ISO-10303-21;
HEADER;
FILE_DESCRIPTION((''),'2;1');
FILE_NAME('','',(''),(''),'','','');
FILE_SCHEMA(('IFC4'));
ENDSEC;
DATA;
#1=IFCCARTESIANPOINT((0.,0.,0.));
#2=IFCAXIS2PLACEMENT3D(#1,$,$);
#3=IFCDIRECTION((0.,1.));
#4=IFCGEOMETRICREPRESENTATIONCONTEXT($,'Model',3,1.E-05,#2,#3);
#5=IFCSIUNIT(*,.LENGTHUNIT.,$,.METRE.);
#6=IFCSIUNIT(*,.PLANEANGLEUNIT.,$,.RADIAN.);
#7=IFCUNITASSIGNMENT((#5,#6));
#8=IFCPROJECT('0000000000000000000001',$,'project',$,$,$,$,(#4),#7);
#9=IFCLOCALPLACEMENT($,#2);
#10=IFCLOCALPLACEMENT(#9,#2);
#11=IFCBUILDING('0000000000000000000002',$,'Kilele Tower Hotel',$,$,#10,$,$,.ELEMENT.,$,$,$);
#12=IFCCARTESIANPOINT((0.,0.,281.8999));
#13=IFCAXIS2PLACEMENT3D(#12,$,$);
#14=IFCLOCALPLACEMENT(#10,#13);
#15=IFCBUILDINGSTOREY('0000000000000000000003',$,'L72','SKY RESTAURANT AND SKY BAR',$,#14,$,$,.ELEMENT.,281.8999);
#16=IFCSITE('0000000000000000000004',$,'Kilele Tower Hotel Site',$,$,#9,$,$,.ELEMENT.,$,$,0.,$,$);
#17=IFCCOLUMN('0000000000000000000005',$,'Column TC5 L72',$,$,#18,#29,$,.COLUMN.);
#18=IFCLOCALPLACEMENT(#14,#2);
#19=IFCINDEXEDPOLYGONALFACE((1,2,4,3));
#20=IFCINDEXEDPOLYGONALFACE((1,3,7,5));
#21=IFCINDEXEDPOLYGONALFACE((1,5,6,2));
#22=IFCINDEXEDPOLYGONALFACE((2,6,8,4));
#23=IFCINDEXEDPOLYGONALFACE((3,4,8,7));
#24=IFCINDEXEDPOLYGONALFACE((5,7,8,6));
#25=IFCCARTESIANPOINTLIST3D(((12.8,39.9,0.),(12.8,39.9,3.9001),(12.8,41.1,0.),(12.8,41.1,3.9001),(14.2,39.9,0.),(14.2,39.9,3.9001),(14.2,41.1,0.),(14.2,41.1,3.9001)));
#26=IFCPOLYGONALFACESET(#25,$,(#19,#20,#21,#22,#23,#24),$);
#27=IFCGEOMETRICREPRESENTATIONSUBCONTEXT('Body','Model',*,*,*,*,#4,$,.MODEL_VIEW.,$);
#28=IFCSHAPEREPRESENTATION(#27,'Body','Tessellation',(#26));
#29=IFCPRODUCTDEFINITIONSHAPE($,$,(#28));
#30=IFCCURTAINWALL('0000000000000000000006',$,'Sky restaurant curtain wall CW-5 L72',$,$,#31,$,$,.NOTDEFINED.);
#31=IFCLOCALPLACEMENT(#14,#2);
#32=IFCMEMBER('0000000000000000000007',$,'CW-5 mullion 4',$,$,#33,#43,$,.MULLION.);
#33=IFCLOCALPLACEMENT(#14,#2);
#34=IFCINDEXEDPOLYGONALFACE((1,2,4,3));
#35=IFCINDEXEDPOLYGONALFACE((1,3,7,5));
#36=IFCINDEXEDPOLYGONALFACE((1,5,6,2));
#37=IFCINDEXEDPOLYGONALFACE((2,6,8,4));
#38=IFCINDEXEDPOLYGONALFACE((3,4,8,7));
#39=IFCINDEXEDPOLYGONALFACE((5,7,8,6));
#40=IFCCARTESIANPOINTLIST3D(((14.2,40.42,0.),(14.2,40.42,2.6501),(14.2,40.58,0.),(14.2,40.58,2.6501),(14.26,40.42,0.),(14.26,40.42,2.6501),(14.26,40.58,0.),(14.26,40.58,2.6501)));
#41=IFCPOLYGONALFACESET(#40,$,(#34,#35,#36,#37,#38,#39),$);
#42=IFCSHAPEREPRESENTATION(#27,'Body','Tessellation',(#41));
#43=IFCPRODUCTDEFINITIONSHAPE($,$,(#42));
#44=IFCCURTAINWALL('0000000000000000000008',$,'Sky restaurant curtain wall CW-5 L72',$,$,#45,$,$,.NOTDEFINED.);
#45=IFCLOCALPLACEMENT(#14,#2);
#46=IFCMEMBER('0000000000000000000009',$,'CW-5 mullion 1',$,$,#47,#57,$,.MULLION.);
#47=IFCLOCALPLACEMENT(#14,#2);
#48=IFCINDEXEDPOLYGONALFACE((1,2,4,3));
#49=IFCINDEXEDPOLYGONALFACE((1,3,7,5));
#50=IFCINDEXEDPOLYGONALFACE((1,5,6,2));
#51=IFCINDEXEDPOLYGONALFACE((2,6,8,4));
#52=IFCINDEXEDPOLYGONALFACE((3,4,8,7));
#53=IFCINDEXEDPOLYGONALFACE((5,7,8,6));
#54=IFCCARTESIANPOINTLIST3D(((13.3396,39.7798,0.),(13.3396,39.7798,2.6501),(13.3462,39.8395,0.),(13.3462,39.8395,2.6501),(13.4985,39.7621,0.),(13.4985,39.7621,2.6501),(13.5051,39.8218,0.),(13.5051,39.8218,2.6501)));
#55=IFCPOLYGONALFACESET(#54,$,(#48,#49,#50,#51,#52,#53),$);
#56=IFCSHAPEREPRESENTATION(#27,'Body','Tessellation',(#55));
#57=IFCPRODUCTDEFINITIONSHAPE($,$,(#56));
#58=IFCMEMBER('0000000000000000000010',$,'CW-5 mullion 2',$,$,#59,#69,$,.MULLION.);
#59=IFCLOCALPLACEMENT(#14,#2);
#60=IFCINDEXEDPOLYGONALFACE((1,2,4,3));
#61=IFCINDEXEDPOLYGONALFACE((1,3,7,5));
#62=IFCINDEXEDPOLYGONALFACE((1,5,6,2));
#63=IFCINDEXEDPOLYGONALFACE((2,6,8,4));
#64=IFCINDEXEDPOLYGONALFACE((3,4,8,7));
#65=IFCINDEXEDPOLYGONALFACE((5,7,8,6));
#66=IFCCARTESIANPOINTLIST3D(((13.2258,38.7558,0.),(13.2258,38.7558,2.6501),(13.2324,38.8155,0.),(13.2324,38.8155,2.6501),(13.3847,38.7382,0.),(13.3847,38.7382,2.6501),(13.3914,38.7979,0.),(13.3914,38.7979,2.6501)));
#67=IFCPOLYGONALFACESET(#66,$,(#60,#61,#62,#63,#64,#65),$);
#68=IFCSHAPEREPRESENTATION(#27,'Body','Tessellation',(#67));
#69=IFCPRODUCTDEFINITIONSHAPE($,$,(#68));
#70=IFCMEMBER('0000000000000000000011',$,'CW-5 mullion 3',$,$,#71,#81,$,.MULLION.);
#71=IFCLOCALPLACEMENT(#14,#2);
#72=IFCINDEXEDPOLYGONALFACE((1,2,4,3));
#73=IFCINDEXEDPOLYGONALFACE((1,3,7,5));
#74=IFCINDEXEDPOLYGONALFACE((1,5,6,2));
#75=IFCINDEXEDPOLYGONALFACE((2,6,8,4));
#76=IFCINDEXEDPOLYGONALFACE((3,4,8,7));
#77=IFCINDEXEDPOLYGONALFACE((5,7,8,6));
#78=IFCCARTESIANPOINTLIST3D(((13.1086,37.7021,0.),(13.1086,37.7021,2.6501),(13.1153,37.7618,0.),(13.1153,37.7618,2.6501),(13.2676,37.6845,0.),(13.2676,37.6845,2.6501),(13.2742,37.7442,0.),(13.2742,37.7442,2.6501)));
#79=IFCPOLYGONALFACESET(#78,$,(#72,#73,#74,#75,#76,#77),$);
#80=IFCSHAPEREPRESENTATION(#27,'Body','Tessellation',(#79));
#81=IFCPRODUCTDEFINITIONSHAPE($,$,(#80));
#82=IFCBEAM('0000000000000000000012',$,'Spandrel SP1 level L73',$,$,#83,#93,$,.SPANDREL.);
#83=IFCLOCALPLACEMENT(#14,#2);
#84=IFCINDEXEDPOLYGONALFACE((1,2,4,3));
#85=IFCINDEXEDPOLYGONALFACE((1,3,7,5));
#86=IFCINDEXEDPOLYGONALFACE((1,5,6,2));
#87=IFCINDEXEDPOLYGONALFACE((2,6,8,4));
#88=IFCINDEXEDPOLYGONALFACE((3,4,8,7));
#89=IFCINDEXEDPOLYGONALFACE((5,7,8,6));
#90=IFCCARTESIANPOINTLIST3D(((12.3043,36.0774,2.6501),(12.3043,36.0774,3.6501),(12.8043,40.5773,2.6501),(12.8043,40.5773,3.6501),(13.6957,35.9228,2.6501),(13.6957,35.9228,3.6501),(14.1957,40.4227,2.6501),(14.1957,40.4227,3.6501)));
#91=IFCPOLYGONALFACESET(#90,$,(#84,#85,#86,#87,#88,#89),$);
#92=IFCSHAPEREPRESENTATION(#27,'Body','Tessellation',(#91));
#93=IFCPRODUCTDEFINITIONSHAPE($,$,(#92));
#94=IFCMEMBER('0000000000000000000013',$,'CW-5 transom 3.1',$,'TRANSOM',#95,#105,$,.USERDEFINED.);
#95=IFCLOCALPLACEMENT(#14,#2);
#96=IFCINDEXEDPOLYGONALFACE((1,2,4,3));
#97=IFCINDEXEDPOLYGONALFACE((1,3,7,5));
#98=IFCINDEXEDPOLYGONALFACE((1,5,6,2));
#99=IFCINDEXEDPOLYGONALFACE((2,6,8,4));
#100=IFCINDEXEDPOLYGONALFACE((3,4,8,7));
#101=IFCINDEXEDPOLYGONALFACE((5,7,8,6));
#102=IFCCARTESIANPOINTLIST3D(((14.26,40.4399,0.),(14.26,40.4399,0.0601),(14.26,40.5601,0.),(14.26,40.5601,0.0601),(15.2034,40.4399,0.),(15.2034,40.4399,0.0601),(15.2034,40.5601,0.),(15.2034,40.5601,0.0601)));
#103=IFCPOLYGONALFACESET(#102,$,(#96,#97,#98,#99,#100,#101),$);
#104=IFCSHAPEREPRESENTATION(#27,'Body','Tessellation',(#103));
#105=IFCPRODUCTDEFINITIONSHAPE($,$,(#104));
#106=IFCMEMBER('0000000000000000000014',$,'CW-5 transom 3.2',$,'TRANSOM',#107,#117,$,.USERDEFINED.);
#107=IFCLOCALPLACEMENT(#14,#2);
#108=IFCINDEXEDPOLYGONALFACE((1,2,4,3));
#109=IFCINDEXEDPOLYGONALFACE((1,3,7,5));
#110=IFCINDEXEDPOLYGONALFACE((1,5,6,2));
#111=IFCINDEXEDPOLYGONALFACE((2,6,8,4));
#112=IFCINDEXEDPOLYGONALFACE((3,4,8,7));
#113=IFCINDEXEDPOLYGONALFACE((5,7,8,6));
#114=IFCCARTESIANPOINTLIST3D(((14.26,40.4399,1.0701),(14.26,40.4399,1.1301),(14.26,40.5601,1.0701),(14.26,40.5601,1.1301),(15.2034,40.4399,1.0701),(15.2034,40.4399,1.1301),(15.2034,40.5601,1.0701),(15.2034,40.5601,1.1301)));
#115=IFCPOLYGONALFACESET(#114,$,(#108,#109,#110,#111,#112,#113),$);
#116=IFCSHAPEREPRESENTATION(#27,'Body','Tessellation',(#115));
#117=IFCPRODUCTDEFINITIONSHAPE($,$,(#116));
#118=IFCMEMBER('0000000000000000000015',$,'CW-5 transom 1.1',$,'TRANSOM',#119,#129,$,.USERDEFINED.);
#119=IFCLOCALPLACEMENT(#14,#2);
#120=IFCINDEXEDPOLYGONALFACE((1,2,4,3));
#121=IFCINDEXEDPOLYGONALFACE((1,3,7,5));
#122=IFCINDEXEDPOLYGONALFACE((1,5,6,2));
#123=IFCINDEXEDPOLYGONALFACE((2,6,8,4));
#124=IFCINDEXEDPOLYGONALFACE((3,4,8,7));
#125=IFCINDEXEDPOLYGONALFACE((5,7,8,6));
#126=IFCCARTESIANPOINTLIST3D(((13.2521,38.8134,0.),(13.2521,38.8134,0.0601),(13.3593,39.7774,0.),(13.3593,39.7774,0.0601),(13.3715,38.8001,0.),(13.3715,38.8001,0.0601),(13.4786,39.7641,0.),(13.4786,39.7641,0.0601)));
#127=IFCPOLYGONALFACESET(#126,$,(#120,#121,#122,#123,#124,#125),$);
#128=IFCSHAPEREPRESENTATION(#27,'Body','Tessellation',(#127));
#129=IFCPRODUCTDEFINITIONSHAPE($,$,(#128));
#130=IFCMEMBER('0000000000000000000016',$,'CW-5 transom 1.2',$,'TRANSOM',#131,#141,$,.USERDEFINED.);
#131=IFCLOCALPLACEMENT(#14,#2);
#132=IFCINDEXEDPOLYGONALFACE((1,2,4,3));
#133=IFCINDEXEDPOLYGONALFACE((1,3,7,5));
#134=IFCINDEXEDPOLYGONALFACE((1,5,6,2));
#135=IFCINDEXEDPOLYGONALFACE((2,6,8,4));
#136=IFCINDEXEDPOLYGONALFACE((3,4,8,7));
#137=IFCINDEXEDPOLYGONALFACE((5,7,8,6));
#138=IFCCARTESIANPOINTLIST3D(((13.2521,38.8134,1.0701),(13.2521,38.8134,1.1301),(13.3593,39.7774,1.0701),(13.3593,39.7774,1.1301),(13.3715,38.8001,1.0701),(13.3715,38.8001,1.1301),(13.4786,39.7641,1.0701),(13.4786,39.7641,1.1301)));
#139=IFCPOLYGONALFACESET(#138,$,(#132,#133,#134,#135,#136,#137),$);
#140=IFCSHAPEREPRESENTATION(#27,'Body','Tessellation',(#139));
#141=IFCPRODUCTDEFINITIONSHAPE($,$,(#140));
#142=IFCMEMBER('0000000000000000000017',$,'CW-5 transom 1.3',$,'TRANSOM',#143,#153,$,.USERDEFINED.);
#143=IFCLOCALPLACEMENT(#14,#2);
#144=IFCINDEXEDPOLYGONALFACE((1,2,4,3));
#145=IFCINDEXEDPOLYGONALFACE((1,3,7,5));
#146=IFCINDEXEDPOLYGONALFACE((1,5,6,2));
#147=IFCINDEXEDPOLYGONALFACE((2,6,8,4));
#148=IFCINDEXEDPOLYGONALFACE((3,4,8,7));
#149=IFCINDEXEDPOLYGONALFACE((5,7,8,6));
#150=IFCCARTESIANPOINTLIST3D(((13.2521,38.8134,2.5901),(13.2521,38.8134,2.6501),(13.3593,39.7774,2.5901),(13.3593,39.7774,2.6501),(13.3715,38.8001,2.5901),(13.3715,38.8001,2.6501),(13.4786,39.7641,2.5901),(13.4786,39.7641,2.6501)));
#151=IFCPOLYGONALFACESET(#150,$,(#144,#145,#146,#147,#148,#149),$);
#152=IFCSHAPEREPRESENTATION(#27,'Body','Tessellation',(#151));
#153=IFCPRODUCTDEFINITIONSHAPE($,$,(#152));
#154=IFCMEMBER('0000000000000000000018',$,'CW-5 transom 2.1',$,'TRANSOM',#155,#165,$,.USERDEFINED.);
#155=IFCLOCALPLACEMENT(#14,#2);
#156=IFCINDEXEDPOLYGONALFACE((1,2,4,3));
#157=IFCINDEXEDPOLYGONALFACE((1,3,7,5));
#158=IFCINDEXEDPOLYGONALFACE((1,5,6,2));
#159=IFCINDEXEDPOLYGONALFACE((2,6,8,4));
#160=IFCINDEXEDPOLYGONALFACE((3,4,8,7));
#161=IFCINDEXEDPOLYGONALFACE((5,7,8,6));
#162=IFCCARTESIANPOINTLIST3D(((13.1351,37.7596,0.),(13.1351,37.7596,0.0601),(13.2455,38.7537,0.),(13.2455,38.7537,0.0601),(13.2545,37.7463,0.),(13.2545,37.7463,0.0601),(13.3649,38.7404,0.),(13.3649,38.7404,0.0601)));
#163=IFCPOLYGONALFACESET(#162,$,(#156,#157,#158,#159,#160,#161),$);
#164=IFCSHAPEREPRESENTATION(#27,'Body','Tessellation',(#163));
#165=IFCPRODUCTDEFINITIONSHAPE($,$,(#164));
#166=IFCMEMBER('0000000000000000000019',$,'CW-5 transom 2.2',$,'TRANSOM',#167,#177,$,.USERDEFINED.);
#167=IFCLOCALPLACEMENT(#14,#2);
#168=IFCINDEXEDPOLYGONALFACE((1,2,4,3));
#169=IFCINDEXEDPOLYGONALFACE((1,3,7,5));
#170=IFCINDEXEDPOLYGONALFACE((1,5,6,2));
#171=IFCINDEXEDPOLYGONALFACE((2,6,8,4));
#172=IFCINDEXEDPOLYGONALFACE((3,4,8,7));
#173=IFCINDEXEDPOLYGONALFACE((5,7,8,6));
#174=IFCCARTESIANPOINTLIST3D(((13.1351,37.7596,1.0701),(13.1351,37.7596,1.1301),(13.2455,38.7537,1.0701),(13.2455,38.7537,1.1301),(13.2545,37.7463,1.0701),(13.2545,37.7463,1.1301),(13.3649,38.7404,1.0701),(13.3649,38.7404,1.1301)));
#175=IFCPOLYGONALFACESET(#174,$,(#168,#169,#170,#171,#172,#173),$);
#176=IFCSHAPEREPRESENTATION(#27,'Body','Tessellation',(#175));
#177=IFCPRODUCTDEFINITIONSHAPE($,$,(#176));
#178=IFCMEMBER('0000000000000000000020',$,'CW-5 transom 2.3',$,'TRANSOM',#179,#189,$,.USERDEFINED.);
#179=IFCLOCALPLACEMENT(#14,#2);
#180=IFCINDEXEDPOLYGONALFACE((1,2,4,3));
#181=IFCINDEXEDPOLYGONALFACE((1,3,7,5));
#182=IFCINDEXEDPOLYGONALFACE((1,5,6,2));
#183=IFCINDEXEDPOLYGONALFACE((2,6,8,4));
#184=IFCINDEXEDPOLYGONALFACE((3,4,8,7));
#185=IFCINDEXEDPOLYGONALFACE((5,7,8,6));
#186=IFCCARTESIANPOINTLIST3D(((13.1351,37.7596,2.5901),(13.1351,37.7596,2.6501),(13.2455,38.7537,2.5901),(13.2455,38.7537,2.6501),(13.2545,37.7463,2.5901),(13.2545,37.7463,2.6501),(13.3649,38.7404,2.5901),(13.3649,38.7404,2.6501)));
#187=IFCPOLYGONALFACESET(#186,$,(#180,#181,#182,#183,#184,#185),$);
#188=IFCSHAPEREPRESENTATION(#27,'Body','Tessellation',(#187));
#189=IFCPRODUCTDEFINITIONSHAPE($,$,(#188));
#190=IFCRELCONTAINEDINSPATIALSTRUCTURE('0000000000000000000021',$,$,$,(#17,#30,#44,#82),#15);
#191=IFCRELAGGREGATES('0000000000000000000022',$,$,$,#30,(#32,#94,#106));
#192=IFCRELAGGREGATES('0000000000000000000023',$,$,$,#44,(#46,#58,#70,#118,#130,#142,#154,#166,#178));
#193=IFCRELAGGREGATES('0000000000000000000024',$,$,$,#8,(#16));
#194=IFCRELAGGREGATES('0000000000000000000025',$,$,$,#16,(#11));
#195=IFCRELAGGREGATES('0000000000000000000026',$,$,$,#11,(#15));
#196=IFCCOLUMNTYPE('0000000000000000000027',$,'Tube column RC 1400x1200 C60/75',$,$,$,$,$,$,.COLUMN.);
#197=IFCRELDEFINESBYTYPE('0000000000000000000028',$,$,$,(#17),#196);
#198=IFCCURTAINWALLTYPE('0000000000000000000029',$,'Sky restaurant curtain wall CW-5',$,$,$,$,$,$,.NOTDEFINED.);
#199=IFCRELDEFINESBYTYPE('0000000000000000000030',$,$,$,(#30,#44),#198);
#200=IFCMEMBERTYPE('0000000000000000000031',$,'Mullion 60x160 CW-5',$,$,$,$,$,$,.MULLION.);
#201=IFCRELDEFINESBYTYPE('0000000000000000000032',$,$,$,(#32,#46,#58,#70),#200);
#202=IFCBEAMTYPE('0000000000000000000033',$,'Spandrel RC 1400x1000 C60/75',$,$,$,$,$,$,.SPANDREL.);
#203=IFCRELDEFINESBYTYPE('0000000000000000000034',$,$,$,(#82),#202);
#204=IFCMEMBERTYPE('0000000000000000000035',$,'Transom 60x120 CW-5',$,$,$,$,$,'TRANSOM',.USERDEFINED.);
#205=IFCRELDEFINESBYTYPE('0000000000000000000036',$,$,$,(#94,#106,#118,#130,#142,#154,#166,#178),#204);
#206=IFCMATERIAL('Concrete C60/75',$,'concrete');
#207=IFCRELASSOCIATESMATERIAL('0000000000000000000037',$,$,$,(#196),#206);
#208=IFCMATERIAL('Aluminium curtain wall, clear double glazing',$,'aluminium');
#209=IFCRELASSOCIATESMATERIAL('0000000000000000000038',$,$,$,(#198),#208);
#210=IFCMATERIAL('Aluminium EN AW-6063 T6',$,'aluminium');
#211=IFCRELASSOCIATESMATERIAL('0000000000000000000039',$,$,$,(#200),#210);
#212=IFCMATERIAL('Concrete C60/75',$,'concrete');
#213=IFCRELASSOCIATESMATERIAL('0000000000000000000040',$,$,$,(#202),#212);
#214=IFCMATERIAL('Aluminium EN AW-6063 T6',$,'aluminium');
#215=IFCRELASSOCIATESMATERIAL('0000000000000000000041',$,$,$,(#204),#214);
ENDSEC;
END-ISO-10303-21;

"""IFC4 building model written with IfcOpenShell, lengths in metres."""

from ifc_helpers import new_model, si_unit, direction, frame, origin, origin_2d, place, context, subcontext, project, spatial, rectangle, extrude, material, material_profile, profile_set, type_object, element, aggregate, save


model = new_model("IFC4")

# Units and contexts
model_context = context("Model", 3, precision=1e-05, world=origin(), true_north=direction((0.0, 1.0)))
body_context = subcontext(model_context, "Body", "Model", "MODEL_VIEW")
ifc_project = project(units=[si_unit("LENGTHUNIT", "METRE"), si_unit("PLANEANGLEUNIT", "RADIAN")], contexts=[model_context])

# Site, building, storey
site_placement = place(None, origin())
site = spatial("IfcSite", under=ifc_project, at=site_placement, Name="Kilele Tower Hotel Site", CompositionType="ELEMENT", RefElevation=0.0)
building_placement = place(site_placement, origin())
building = spatial("IfcBuilding", under=site, at=building_placement, Name="Kilele Tower Hotel", CompositionType="ELEMENT")
storey_placement = place(building_placement, frame((0.0, 0.0, 281.8999)))
storey = spatial("IfcBuildingStorey", under=building, at=storey_placement, Name="L72", Description="SKY RESTAURANT AND SKY BAR", CompositionType="ELEMENT", Elevation=281.8999)

# Column
ifc_material_1 = material(Name="Concrete C60/75", Category="concrete")
ifc_material_profile_1 = material_profile(ifc_material_1, rectangle(XDim=1.3999, YDim=1.2, at=origin_2d()))
ifc_profile_set_1 = profile_set([ifc_material_profile_1], Name="Concrete C60/75")
column_type = type_object("IfcColumnType", Name="Tube column RC 1400x1200 C60/75", PredefinedType="COLUMN", material=ifc_profile_set_1)
column_placement = place(storey_placement, frame((13.5, 40.5, 0.0), z_axis=(0.0, 0.0, 1.0), x_axis=(1.0, 0.0, 0.0)))
element("IfcColumn", 1, at=column_placement, inside=storey, type_object=column_type, Name="Column TC5 L72", PredefinedType="COLUMN", context=body_context, shape_type="SweptSolid", body=[
    extrude(rectangle(XDim=1.3999, YDim=1.2, at=origin_2d()), origin(), (0.0, 0.0, 1.0), 3.9001),
])

# Curtain wall, member
ifc_material_2 = material(Name="Aluminium curtain wall, clear double glazing", Category="aluminium")
curtain_wall_type = type_object("IfcCurtainWallType", Name="Sky restaurant curtain wall CW-5", PredefinedType="NOTDEFINED", material=ifc_material_2)
curtain_wall_1_placement = place(storey_placement, origin())
curtain_wall_1 = element("IfcCurtainWall", 2, at=curtain_wall_1_placement, inside=storey, type_object=curtain_wall_type, Name="Sky restaurant curtain wall CW-5 L72", PredefinedType="NOTDEFINED")
ifc_material_3 = material(Name="Aluminium EN AW-6063 T6", Category="aluminium")
ifc_material_profile_2 = material_profile(ifc_material_3, rectangle(XDim=0.1599, YDim=0.0601, at=origin_2d()))
ifc_profile_set_2 = profile_set([ifc_material_profile_2], Name="Aluminium EN AW-6063 T6")
member_type_1 = type_object("IfcMemberType", Name="Mullion 60x160 CW-5", PredefinedType="MULLION", material=ifc_profile_set_2)
member_1_placement = place(storey_placement, frame((14.23, 40.5, 0.0), z_axis=(0.0, 0.0, 1.0), x_axis=(0.0, -1.0, 0.0)))
member_1 = element("IfcMember", 3, at=member_1_placement, type_object=member_type_1, Name="CW-5 mullion 4", PredefinedType="MULLION", context=body_context, shape_type="SweptSolid", body=[
    extrude(rectangle(XDim=0.1599, YDim=0.0601, at=origin_2d()), origin(), (0.0, 0.0, 1.0), 2.6501),
])

# Curtain wall, members
curtain_wall_2_placement = place(storey_placement, origin())
curtain_wall_2 = element("IfcCurtainWall", 4, at=curtain_wall_2_placement, inside=storey, type_object=curtain_wall_type, Name="Sky restaurant curtain wall CW-5 L72", PredefinedType="NOTDEFINED")
member_2_placement = place(storey_placement, frame((13.4224, 39.8008, 0.0), z_axis=(0.0, 0.0, 1.0), x_axis=(0.993884, -0.110432, 0.0)))
member_2 = element("IfcMember", 5, at=member_2_placement, type_object=member_type_1, Name="CW-5 mullion 1", PredefinedType="MULLION", context=body_context, shape_type="SweptSolid", body=[
    extrude(rectangle(XDim=0.1599, YDim=0.0601, at=origin_2d()), origin(), (0.0, 0.0, 1.0), 2.6501),
])
member_3_placement = place(storey_placement, frame((13.3086, 38.7769, 0.0), z_axis=(0.0, 0.0, 1.0), x_axis=(0.993884, -0.110432, 0.0)))
member_3 = element("IfcMember", 6, at=member_3_placement, type_object=member_type_1, Name="CW-5 mullion 2", PredefinedType="MULLION", context=body_context, shape_type="SweptSolid", body=[
    extrude(rectangle(XDim=0.1599, YDim=0.0601, at=origin_2d()), origin(), (0.0, 0.0, 1.0), 2.6501),
])
member_4_placement = place(storey_placement, frame((13.1914, 37.7231, 0.0), z_axis=(0.0, 0.0, 1.0), x_axis=(0.993884, -0.110432, 0.0)))
member_4 = element("IfcMember", 7, at=member_4_placement, type_object=member_type_1, Name="CW-5 mullion 3", PredefinedType="MULLION", context=body_context, shape_type="SweptSolid", body=[
    extrude(rectangle(XDim=0.1599, YDim=0.0601, at=origin_2d()), origin(), (0.0, 0.0, 1.0), 2.6501),
])

# Beam
ifc_material_4 = material(Name="Concrete C60/75", Category="concrete")
ifc_material_profile_3 = material_profile(ifc_material_4, rectangle(XDim=1.3999, YDim=1.0, at=origin_2d()))
ifc_profile_set_3 = profile_set([ifc_material_profile_3], Name="Concrete C60/75")
beam_type = type_object("IfcBeamType", Name="Spandrel RC 1400x1000 C60/75", PredefinedType="SPANDREL", material=ifc_profile_set_3)
beam_placement = place(storey_placement, frame((13.5, 40.5, 3.1501), z_axis=(-0.110432, -0.993884, 0.0), x_axis=(0.993884, -0.110432, 0.0)))
element("IfcBeam", 8, at=beam_placement, inside=storey, type_object=beam_type, Name="Spandrel SP1 level L73", PredefinedType="SPANDREL", context=body_context, shape_type="SweptSolid", body=[
    extrude(rectangle(XDim=1.3999, YDim=1.0, at=origin_2d()), origin(), (0.0, 0.0, 1.0), 4.5276),
])

# Members
ifc_material_5 = material(Name="Aluminium EN AW-6063 T6", Category="aluminium")
ifc_material_profile_4 = material_profile(ifc_material_5, rectangle(XDim=0.1201, YDim=0.0601, at=origin_2d()))
ifc_profile_set_4 = profile_set([ifc_material_profile_4], Name="Aluminium EN AW-6063 T6")
member_type_2 = type_object("IfcMemberType", Name="Transom 60x120 CW-5", ElementType="TRANSOM", PredefinedType="USERDEFINED", material=ifc_profile_set_4)
member_5_placement = place(storey_placement, frame((15.2034, 40.5, 0.03), z_axis=(-1.0, 0.0, 0.0), x_axis=(0.0, -1.0, 0.0)))
member_5 = element("IfcMember", 9, at=member_5_placement, type_object=member_type_2, Name="CW-5 transom 3.1", ObjectType="TRANSOM", PredefinedType="USERDEFINED", context=body_context, shape_type="SweptSolid", body=[
    extrude(rectangle(XDim=0.1201, YDim=0.0601, at=origin_2d()), origin(), (0.0, 0.0, 1.0), 0.9434),
])
member_6_placement = place(storey_placement, frame((15.2034, 40.5, 1.1001), z_axis=(-1.0, 0.0, 0.0), x_axis=(0.0, -1.0, 0.0)))
member_6 = element("IfcMember", 10, at=member_6_placement, type_object=member_type_2, Name="CW-5 transom 3.2", ObjectType="TRANSOM", PredefinedType="USERDEFINED", context=body_context, shape_type="SweptSolid", body=[
    extrude(rectangle(XDim=0.1201, YDim=0.0601, at=origin_2d()), origin(), (0.0, 0.0, 1.0), 0.9434),
])
member_7_placement = place(storey_placement, frame((13.4189, 39.7708, 0.03), z_axis=(-0.110487, -0.993878, 0.0), x_axis=(0.993878, -0.110487, 0.0)))
member_7 = element("IfcMember", 11, at=member_7_placement, type_object=member_type_2, Name="CW-5 transom 1.1", ObjectType="TRANSOM", PredefinedType="USERDEFINED", context=body_context, shape_type="SweptSolid", body=[
    extrude(rectangle(XDim=0.1201, YDim=0.0601, at=origin_2d()), origin(), (0.0, 0.0, 1.0), 0.97),
])
member_8_placement = place(storey_placement, frame((13.4189, 39.7708, 1.1001), z_axis=(-0.110487, -0.993878, 0.0), x_axis=(0.993878, -0.110487, 0.0)))
member_8 = element("IfcMember", 12, at=member_8_placement, type_object=member_type_2, Name="CW-5 transom 1.2", ObjectType="TRANSOM", PredefinedType="USERDEFINED", context=body_context, shape_type="SweptSolid", body=[
    extrude(rectangle(XDim=0.1201, YDim=0.0601, at=origin_2d()), origin(), (0.0, 0.0, 1.0), 0.97),
])
member_9_placement = place(storey_placement, frame((13.4189, 39.7708, 2.6201), z_axis=(-0.110487, -0.993878, 0.0), x_axis=(0.993878, -0.110487, 0.0)))
member_9 = element("IfcMember", 13, at=member_9_placement, type_object=member_type_2, Name="CW-5 transom 1.3", ObjectType="TRANSOM", PredefinedType="USERDEFINED", context=body_context, shape_type="SweptSolid", body=[
    extrude(rectangle(XDim=0.1201, YDim=0.0601, at=origin_2d()), origin(), (0.0, 0.0, 1.0), 0.97),
])
member_10_placement = place(storey_placement, frame((13.3052, 38.7471, 0.03), z_axis=(-0.110324, -0.993896, 0.0), x_axis=(0.993896, -0.110324, 0.0)))
member_10 = element("IfcMember", 14, at=member_10_placement, type_object=member_type_2, Name="CW-5 transom 2.1", ObjectType="TRANSOM", PredefinedType="USERDEFINED", context=body_context, shape_type="SweptSolid", body=[
    extrude(rectangle(XDim=0.1201, YDim=0.0601, at=origin_2d()), origin(), (0.0, 0.0, 1.0), 1.0002),
])
member_11_placement = place(storey_placement, frame((13.3052, 38.7471, 1.1001), z_axis=(-0.110324, -0.993896, 0.0), x_axis=(0.993896, -0.110324, 0.0)))
member_11 = element("IfcMember", 15, at=member_11_placement, type_object=member_type_2, Name="CW-5 transom 2.2", ObjectType="TRANSOM", PredefinedType="USERDEFINED", context=body_context, shape_type="SweptSolid", body=[
    extrude(rectangle(XDim=0.1201, YDim=0.0601, at=origin_2d()), origin(), (0.0, 0.0, 1.0), 1.0002),
])
member_12_placement = place(storey_placement, frame((13.3052, 38.7471, 2.6201), z_axis=(-0.110324, -0.993896, 0.0), x_axis=(0.993896, -0.110324, 0.0)))
member_12 = element("IfcMember", 16, at=member_12_placement, type_object=member_type_2, Name="CW-5 transom 2.3", ObjectType="TRANSOM", PredefinedType="USERDEFINED", context=body_context, shape_type="SweptSolid", body=[
    extrude(rectangle(XDim=0.1201, YDim=0.0601, at=origin_2d()), origin(), (0.0, 0.0, 1.0), 1.0002),
])

aggregate(curtain_wall_1, [member_1, member_5, member_6])
aggregate(curtain_wall_2, [member_2, member_3, member_4, member_7, member_8, member_9, member_10, member_11, member_12])

save(model, "model.ifc")
